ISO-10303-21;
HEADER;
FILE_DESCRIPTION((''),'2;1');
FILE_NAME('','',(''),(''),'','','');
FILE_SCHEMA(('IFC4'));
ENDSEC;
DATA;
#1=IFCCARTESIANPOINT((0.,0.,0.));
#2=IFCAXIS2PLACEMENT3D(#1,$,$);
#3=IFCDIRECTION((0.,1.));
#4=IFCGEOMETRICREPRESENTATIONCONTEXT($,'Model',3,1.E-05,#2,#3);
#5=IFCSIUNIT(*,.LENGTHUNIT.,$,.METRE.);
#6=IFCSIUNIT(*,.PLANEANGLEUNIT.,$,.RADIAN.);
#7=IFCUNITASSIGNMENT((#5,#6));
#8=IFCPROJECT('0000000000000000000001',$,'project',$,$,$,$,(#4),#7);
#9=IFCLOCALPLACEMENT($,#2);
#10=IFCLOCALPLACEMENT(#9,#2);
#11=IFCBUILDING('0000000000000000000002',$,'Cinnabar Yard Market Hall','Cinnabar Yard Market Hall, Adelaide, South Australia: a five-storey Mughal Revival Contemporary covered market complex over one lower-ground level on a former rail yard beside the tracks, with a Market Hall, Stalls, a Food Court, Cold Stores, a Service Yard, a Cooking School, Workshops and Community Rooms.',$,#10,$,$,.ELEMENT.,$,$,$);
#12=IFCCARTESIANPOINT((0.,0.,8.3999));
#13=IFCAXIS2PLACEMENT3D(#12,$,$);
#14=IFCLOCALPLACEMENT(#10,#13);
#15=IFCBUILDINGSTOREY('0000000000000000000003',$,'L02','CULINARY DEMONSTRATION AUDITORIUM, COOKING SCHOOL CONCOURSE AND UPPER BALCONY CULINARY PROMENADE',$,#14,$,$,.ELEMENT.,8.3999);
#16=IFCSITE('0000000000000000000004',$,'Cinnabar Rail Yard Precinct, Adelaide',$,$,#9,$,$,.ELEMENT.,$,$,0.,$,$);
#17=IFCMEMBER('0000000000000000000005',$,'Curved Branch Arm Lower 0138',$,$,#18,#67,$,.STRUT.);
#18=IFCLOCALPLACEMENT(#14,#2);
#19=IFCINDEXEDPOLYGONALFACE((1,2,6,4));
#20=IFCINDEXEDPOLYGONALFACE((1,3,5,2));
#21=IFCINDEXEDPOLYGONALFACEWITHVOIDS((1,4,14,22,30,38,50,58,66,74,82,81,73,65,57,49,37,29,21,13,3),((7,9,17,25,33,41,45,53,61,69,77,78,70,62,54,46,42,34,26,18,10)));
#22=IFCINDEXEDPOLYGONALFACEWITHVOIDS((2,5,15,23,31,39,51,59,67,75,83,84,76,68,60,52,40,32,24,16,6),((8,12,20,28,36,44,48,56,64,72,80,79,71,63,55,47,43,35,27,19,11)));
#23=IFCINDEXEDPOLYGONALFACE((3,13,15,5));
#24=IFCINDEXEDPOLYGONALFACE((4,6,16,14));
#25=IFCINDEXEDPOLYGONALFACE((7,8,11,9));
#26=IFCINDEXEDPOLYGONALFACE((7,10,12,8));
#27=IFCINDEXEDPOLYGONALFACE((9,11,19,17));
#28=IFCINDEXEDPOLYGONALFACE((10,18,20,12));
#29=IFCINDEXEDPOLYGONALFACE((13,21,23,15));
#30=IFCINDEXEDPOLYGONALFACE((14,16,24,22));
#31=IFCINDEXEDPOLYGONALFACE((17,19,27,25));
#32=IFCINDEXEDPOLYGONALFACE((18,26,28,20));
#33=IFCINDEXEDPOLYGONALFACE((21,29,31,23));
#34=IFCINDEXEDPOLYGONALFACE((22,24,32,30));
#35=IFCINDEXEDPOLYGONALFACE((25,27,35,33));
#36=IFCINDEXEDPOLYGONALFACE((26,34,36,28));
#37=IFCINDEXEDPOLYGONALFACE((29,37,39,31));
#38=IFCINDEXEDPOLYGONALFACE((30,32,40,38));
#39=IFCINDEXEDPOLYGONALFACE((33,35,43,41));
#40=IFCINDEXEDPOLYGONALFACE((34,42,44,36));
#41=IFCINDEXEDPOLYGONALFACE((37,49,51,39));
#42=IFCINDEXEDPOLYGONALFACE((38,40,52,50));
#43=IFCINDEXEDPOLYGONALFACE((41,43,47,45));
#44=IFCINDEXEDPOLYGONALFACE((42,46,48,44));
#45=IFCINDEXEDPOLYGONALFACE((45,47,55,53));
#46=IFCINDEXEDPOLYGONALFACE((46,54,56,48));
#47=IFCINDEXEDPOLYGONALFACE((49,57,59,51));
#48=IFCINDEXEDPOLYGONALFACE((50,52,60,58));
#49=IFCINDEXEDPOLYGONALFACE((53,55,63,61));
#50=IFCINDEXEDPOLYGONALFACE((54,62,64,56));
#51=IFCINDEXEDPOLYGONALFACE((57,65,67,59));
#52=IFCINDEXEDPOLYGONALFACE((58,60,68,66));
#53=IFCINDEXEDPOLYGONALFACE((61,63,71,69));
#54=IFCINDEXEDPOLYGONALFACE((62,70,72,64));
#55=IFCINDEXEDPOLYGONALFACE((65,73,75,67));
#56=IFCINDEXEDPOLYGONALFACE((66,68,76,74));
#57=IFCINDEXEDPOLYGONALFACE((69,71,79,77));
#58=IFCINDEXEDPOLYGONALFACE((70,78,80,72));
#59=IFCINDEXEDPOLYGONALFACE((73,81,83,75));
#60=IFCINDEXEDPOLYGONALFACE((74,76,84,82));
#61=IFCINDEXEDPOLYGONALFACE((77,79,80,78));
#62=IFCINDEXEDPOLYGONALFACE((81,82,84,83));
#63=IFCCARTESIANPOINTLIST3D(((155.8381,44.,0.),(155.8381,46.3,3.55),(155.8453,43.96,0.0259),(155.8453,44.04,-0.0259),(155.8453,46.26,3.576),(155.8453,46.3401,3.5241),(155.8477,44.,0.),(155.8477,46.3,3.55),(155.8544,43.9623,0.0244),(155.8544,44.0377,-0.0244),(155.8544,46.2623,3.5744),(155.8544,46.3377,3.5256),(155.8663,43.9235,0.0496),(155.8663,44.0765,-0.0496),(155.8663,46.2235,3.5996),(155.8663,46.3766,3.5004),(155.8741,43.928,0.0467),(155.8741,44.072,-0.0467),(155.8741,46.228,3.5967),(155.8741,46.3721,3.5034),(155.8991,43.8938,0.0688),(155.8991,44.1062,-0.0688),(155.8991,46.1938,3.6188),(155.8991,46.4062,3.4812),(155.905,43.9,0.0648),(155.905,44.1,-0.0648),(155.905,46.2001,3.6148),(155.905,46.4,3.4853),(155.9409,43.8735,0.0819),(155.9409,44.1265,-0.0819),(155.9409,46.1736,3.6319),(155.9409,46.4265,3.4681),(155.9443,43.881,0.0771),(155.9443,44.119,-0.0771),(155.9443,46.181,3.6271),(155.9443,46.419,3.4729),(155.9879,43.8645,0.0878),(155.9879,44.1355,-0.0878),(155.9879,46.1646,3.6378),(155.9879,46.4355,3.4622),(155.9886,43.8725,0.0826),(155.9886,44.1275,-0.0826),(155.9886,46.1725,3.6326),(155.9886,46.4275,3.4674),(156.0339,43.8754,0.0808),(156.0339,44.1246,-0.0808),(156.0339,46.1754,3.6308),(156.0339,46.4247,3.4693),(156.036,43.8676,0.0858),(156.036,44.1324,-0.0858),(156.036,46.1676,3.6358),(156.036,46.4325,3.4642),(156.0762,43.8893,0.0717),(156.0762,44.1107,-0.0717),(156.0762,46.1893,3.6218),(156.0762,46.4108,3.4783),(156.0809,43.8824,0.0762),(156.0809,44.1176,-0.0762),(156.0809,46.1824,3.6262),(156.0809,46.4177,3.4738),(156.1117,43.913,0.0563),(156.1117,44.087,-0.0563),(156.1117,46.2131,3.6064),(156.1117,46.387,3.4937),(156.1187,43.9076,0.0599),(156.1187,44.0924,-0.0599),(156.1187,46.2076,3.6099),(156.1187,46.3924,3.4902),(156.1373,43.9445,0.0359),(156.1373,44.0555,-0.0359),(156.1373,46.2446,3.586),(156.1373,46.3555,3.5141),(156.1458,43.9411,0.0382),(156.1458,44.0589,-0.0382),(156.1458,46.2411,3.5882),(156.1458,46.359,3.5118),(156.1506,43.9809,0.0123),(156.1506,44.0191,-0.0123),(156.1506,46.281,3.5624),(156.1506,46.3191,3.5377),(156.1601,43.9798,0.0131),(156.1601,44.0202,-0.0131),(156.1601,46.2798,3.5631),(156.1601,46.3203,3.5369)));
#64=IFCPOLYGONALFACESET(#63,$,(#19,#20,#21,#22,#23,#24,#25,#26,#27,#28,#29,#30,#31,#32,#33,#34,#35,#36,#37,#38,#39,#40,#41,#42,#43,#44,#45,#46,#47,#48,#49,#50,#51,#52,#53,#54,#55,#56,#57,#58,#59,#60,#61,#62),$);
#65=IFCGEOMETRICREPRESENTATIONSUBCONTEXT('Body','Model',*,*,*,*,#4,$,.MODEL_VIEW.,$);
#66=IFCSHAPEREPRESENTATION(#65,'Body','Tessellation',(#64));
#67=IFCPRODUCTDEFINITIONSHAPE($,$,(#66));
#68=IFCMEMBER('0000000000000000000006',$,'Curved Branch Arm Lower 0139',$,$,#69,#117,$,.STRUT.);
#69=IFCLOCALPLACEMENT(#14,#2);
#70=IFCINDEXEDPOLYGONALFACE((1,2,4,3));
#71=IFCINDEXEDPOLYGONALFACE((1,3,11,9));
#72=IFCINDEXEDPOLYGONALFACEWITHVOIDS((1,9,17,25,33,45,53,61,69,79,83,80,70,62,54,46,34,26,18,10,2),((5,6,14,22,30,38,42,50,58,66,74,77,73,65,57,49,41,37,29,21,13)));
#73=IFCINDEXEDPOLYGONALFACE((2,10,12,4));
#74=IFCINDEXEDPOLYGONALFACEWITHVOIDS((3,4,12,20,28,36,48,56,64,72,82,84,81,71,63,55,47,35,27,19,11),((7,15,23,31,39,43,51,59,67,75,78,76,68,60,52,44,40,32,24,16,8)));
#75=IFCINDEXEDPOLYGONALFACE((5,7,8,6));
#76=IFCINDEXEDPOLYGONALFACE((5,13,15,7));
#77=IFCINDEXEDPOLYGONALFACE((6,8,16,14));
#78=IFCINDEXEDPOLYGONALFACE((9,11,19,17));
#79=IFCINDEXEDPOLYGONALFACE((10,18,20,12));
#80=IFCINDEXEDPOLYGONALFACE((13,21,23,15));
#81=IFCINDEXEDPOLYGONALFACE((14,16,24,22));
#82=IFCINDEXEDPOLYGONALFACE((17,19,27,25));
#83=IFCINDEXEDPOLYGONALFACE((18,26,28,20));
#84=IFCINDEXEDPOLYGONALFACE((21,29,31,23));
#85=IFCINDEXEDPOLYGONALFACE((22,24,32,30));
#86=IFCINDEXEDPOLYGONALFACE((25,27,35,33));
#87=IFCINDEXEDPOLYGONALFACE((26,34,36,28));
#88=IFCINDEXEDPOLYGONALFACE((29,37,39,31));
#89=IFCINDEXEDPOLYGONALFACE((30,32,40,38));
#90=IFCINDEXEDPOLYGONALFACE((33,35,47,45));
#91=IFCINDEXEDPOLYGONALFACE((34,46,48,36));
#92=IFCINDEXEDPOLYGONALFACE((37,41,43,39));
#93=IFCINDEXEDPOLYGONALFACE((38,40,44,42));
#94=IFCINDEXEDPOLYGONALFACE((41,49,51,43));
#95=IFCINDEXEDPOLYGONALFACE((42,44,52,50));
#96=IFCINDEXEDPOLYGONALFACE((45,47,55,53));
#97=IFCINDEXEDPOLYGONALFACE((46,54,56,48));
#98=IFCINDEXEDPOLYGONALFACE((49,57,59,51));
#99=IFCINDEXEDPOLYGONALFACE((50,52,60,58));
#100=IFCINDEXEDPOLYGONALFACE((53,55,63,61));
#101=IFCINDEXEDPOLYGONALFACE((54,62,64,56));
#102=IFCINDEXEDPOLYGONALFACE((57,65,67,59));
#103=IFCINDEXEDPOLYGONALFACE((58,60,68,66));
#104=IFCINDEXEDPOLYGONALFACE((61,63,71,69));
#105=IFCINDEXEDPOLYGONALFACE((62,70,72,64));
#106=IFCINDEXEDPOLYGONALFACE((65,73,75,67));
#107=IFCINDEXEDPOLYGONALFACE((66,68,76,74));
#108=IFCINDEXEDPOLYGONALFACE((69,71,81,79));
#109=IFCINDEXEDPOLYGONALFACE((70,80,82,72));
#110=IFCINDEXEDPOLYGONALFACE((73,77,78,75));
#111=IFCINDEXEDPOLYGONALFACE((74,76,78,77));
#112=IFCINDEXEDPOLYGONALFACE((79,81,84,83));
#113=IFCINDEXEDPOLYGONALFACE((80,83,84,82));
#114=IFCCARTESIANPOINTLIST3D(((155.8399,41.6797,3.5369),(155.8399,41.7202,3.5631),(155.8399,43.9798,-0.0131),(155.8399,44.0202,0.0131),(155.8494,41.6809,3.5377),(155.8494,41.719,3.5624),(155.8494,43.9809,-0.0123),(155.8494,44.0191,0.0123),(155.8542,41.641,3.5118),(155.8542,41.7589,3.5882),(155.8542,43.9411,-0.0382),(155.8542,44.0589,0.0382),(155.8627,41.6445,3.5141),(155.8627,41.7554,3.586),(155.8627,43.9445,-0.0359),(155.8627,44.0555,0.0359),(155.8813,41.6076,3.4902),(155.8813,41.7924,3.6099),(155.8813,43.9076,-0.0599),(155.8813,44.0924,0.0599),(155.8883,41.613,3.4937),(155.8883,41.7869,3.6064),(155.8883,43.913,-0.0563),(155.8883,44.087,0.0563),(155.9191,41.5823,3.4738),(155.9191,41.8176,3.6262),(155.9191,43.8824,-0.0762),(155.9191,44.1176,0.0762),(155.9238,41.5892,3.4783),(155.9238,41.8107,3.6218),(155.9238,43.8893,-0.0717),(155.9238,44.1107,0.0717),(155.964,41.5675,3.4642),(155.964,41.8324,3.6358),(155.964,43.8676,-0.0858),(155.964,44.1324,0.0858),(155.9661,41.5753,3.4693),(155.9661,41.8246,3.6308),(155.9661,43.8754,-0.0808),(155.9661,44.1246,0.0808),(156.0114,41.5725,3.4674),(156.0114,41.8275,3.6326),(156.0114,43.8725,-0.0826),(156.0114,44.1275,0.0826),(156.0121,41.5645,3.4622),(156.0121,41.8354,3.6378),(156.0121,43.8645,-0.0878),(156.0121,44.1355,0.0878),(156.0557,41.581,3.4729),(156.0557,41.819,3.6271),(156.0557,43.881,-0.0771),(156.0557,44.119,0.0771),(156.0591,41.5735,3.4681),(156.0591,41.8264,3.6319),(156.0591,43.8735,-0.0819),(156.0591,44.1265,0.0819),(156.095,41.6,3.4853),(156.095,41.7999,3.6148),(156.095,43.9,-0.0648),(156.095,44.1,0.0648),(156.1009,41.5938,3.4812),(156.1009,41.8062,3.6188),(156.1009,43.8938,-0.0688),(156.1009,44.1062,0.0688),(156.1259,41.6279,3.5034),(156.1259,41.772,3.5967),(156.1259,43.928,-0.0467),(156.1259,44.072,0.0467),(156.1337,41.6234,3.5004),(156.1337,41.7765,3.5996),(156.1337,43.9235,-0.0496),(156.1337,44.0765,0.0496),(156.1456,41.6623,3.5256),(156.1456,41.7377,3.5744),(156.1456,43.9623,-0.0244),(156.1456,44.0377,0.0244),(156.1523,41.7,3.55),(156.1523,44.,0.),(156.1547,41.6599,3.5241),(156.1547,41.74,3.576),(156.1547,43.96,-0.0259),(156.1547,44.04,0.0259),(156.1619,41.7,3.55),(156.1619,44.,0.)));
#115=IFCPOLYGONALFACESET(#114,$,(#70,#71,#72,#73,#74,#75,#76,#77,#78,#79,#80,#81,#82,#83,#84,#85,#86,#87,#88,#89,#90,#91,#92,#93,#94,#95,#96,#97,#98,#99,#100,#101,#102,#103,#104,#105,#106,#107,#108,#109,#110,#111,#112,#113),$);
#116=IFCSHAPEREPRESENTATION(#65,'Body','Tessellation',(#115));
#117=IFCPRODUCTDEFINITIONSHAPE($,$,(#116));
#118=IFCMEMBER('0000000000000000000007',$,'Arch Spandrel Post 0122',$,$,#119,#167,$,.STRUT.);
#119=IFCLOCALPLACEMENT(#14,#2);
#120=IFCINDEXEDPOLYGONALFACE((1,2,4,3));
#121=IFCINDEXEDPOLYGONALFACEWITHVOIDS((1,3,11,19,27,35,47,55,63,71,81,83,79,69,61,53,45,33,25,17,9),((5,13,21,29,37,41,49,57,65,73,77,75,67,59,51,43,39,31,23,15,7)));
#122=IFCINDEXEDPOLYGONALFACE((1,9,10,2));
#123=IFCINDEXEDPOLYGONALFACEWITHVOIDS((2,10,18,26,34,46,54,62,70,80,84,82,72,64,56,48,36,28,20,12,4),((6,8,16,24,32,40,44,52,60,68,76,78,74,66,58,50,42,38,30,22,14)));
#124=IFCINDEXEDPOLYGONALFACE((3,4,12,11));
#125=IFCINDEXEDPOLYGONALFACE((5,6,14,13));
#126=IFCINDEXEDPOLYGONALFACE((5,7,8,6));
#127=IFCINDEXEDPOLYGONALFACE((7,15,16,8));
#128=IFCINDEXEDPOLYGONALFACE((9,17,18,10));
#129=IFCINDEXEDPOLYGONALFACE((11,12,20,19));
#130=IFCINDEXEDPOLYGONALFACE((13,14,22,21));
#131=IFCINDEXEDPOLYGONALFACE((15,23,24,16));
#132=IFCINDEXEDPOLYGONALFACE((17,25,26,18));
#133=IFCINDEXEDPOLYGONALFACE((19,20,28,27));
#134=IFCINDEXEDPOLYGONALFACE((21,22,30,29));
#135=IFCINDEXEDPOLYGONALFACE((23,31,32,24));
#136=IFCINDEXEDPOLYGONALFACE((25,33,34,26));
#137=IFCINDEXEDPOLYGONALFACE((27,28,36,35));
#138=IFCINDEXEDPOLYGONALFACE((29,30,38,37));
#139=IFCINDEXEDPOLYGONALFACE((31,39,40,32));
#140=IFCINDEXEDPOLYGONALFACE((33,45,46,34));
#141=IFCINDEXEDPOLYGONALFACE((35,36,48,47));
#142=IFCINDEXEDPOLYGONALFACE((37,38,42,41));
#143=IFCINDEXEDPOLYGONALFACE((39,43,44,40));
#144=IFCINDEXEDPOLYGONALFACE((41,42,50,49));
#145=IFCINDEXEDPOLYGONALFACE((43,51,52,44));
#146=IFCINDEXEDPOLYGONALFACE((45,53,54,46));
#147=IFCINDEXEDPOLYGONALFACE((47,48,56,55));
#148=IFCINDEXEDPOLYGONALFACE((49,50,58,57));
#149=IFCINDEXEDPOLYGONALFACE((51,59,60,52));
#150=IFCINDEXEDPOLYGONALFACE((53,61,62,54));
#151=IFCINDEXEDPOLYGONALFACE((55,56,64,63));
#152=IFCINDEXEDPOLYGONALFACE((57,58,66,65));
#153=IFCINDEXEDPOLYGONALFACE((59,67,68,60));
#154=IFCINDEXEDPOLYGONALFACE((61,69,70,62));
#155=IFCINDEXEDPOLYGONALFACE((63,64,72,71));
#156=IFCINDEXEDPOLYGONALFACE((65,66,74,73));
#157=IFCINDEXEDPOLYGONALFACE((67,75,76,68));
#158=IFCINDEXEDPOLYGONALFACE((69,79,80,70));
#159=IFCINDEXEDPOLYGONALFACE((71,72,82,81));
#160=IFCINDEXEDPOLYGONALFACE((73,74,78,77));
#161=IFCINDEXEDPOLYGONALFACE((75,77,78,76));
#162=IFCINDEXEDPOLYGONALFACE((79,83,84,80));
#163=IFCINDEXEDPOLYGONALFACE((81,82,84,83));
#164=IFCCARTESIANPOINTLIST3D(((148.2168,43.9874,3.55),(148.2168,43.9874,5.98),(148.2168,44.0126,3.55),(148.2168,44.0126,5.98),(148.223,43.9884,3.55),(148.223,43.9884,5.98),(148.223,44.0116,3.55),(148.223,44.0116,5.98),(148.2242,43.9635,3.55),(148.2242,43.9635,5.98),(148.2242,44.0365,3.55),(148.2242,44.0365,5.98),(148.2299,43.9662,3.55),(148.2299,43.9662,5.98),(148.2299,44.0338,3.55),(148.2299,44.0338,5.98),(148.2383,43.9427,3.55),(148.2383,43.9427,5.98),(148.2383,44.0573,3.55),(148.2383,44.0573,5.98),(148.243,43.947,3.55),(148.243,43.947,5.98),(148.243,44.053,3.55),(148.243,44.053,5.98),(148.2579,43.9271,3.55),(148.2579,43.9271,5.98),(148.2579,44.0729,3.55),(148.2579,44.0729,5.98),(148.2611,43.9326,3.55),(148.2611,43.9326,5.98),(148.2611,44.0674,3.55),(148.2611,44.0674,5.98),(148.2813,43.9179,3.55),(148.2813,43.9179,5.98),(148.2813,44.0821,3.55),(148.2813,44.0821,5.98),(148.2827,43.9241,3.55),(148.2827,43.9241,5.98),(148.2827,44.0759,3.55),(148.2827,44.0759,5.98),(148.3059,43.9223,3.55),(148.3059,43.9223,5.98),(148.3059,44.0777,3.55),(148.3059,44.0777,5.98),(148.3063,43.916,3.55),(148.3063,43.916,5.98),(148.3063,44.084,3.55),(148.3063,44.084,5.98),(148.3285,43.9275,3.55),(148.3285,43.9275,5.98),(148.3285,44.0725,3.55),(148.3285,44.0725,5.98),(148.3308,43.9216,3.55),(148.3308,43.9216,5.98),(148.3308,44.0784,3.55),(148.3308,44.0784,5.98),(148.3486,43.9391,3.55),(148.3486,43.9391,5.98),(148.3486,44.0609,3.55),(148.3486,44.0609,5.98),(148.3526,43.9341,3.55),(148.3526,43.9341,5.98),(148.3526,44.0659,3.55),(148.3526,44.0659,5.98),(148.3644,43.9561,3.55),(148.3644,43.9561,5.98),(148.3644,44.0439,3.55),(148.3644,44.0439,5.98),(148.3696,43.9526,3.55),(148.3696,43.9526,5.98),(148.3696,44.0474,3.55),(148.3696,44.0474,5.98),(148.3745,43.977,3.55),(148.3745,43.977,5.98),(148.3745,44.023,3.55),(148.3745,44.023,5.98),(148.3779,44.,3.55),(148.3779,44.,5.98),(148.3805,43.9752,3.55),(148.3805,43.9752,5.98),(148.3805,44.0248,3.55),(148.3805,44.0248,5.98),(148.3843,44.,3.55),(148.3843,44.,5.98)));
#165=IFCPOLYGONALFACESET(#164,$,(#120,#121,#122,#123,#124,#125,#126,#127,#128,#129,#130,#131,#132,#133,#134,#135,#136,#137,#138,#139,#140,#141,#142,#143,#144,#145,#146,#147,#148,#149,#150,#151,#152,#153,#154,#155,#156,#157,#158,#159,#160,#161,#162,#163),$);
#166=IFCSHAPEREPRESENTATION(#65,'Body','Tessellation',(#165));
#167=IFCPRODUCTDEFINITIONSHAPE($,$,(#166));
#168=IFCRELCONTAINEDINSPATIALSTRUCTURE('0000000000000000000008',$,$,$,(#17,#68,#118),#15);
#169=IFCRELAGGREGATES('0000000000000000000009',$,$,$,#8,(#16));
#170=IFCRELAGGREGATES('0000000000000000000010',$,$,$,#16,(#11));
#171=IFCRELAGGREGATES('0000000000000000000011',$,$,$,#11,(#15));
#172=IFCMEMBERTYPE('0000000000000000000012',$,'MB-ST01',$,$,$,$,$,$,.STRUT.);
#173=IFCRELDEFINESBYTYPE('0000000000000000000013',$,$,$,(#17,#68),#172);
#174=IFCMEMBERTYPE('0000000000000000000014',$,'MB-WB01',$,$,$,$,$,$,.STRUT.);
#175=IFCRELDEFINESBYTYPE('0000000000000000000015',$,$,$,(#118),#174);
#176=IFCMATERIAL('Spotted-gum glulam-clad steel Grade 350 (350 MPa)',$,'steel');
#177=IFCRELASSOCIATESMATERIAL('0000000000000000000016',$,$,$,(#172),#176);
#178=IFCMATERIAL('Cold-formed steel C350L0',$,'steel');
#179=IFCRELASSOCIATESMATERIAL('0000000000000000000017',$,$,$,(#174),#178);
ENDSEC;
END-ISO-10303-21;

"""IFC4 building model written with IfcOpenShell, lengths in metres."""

from ifc_helpers import new_model, si_unit, direction, frame, origin, origin_2d_with_axis, place, context, subcontext, project, spatial, hollow_circle, extrude, material, material_profile, profile_set, type_object, element, save


model = new_model("IFC4")

# Units and contexts
model_context = context("Model", 3, precision=1e-05, world=origin(), true_north=direction((0.0, 1.0)))
body_context = subcontext(model_context, "Body", "Model", "MODEL_VIEW")
ifc_project = project(units=[si_unit("LENGTHUNIT", "METRE"), si_unit("PLANEANGLEUNIT", "RADIAN")], contexts=[model_context])

# Site, building, storey
site_placement = place(None, origin())
site = spatial("IfcSite", under=ifc_project, at=site_placement, Name="Cinnabar Rail Yard Precinct, Adelaide", CompositionType="ELEMENT", RefElevation=0.0)
building_placement = place(site_placement, origin())
building = spatial("IfcBuilding", under=site, at=building_placement, Name="Cinnabar Yard Market Hall", Description="Cinnabar Yard Market Hall, Adelaide, South Australia: a five-storey Mughal Revival Contemporary covered market complex over one lower-ground level on a former rail yard beside the tracks, with a Market Hall, Stalls, a Food Court, Cold Stores, a Service Yard, a Cooking School, Workshops and Community Rooms.", CompositionType="ELEMENT")
storey_placement = place(building_placement, frame((0.0, 0.0, 8.3999)))
storey = spatial("IfcBuildingStorey", under=building, at=storey_placement, Name="L02", Description="CULINARY DEMONSTRATION AUDITORIUM, COOKING SCHOOL CONCOURSE AND UPPER BALCONY CULINARY PROMENADE", CompositionType="ELEMENT", Elevation=8.3999)

# Shared definitions
ifc_material_1 = material(Name="Spotted-gum glulam-clad steel Grade 350 (350 MPa)", Category="steel")

# Members
ifc_material_profile_1 = material_profile(ifc_material_1, hollow_circle(Radius=0.1619, WallThickness=0.0095, at=origin_2d_with_axis()), Name="323.9x9.5CHS")
ifc_profile_set_1 = profile_set([ifc_material_profile_1], Name="Spotted-gum glulam-clad steel Grade 350 (350 MPa)")
member_type_1 = type_object("IfcMemberType", Name="MB-ST01", PredefinedType="STRUT", material=ifc_profile_set_1)
for number, where, z_axis, x_axis, name in (
    (1, (156.0, 44.0, 0.0), (0.0, 0.543744, 0.839251), (-1.0, 0.0, 0.0), "Curved Branch Arm Lower 0138"),
    (2, (156.0, 44.0, 0.0), (0.0, -0.543744, 0.839251), (1.0, 0.0, 0.0), "Curved Branch Arm Lower 0139"),
):
    element("IfcMember", number, at=place(storey_placement, frame(where, z_axis=z_axis, x_axis=x_axis)), inside=storey, type_object=member_type_1, Name=name, PredefinedType="STRUT", context=body_context, shape_type="SweptSolid", body=[
        extrude(hollow_circle(Radius=0.1619, WallThickness=0.0095, at=origin_2d_with_axis()), origin(), (0.0, 0.0, 1.0), 4.23),
    ])
ifc_material_2 = material(Name="Cold-formed steel C350L0", Category="steel")
ifc_material_profile_2 = material_profile(ifc_material_2, hollow_circle(Radius=0.0842, WallThickness=0.0063, at=origin_2d_with_axis()), Name="168.3x6.4CHS")
ifc_profile_set_2 = profile_set([ifc_material_profile_2], Name="Cold-formed steel C350L0")
member_type_2 = type_object("IfcMemberType", Name="MB-WB01", PredefinedType="STRUT", material=ifc_profile_set_2)
for number, where, z_axis, x_axis, name in (
    (3, (148.3, 44.0, 3.55), (0.0, 0.0, 1.0), (1.0, 0.0, 0.0), "Arch Spandrel Post 0122"),
):
    element("IfcMember", number, at=place(storey_placement, frame(where, z_axis=z_axis, x_axis=x_axis)), inside=storey, type_object=member_type_2, Name=name, PredefinedType="STRUT", context=body_context, shape_type="SweptSolid", body=[
        extrude(hollow_circle(Radius=0.0842, WallThickness=0.0063, at=origin_2d_with_axis()), origin(), (0.0, 0.0, 1.0), 2.4299),
    ])

save(model, "model.ifc")
